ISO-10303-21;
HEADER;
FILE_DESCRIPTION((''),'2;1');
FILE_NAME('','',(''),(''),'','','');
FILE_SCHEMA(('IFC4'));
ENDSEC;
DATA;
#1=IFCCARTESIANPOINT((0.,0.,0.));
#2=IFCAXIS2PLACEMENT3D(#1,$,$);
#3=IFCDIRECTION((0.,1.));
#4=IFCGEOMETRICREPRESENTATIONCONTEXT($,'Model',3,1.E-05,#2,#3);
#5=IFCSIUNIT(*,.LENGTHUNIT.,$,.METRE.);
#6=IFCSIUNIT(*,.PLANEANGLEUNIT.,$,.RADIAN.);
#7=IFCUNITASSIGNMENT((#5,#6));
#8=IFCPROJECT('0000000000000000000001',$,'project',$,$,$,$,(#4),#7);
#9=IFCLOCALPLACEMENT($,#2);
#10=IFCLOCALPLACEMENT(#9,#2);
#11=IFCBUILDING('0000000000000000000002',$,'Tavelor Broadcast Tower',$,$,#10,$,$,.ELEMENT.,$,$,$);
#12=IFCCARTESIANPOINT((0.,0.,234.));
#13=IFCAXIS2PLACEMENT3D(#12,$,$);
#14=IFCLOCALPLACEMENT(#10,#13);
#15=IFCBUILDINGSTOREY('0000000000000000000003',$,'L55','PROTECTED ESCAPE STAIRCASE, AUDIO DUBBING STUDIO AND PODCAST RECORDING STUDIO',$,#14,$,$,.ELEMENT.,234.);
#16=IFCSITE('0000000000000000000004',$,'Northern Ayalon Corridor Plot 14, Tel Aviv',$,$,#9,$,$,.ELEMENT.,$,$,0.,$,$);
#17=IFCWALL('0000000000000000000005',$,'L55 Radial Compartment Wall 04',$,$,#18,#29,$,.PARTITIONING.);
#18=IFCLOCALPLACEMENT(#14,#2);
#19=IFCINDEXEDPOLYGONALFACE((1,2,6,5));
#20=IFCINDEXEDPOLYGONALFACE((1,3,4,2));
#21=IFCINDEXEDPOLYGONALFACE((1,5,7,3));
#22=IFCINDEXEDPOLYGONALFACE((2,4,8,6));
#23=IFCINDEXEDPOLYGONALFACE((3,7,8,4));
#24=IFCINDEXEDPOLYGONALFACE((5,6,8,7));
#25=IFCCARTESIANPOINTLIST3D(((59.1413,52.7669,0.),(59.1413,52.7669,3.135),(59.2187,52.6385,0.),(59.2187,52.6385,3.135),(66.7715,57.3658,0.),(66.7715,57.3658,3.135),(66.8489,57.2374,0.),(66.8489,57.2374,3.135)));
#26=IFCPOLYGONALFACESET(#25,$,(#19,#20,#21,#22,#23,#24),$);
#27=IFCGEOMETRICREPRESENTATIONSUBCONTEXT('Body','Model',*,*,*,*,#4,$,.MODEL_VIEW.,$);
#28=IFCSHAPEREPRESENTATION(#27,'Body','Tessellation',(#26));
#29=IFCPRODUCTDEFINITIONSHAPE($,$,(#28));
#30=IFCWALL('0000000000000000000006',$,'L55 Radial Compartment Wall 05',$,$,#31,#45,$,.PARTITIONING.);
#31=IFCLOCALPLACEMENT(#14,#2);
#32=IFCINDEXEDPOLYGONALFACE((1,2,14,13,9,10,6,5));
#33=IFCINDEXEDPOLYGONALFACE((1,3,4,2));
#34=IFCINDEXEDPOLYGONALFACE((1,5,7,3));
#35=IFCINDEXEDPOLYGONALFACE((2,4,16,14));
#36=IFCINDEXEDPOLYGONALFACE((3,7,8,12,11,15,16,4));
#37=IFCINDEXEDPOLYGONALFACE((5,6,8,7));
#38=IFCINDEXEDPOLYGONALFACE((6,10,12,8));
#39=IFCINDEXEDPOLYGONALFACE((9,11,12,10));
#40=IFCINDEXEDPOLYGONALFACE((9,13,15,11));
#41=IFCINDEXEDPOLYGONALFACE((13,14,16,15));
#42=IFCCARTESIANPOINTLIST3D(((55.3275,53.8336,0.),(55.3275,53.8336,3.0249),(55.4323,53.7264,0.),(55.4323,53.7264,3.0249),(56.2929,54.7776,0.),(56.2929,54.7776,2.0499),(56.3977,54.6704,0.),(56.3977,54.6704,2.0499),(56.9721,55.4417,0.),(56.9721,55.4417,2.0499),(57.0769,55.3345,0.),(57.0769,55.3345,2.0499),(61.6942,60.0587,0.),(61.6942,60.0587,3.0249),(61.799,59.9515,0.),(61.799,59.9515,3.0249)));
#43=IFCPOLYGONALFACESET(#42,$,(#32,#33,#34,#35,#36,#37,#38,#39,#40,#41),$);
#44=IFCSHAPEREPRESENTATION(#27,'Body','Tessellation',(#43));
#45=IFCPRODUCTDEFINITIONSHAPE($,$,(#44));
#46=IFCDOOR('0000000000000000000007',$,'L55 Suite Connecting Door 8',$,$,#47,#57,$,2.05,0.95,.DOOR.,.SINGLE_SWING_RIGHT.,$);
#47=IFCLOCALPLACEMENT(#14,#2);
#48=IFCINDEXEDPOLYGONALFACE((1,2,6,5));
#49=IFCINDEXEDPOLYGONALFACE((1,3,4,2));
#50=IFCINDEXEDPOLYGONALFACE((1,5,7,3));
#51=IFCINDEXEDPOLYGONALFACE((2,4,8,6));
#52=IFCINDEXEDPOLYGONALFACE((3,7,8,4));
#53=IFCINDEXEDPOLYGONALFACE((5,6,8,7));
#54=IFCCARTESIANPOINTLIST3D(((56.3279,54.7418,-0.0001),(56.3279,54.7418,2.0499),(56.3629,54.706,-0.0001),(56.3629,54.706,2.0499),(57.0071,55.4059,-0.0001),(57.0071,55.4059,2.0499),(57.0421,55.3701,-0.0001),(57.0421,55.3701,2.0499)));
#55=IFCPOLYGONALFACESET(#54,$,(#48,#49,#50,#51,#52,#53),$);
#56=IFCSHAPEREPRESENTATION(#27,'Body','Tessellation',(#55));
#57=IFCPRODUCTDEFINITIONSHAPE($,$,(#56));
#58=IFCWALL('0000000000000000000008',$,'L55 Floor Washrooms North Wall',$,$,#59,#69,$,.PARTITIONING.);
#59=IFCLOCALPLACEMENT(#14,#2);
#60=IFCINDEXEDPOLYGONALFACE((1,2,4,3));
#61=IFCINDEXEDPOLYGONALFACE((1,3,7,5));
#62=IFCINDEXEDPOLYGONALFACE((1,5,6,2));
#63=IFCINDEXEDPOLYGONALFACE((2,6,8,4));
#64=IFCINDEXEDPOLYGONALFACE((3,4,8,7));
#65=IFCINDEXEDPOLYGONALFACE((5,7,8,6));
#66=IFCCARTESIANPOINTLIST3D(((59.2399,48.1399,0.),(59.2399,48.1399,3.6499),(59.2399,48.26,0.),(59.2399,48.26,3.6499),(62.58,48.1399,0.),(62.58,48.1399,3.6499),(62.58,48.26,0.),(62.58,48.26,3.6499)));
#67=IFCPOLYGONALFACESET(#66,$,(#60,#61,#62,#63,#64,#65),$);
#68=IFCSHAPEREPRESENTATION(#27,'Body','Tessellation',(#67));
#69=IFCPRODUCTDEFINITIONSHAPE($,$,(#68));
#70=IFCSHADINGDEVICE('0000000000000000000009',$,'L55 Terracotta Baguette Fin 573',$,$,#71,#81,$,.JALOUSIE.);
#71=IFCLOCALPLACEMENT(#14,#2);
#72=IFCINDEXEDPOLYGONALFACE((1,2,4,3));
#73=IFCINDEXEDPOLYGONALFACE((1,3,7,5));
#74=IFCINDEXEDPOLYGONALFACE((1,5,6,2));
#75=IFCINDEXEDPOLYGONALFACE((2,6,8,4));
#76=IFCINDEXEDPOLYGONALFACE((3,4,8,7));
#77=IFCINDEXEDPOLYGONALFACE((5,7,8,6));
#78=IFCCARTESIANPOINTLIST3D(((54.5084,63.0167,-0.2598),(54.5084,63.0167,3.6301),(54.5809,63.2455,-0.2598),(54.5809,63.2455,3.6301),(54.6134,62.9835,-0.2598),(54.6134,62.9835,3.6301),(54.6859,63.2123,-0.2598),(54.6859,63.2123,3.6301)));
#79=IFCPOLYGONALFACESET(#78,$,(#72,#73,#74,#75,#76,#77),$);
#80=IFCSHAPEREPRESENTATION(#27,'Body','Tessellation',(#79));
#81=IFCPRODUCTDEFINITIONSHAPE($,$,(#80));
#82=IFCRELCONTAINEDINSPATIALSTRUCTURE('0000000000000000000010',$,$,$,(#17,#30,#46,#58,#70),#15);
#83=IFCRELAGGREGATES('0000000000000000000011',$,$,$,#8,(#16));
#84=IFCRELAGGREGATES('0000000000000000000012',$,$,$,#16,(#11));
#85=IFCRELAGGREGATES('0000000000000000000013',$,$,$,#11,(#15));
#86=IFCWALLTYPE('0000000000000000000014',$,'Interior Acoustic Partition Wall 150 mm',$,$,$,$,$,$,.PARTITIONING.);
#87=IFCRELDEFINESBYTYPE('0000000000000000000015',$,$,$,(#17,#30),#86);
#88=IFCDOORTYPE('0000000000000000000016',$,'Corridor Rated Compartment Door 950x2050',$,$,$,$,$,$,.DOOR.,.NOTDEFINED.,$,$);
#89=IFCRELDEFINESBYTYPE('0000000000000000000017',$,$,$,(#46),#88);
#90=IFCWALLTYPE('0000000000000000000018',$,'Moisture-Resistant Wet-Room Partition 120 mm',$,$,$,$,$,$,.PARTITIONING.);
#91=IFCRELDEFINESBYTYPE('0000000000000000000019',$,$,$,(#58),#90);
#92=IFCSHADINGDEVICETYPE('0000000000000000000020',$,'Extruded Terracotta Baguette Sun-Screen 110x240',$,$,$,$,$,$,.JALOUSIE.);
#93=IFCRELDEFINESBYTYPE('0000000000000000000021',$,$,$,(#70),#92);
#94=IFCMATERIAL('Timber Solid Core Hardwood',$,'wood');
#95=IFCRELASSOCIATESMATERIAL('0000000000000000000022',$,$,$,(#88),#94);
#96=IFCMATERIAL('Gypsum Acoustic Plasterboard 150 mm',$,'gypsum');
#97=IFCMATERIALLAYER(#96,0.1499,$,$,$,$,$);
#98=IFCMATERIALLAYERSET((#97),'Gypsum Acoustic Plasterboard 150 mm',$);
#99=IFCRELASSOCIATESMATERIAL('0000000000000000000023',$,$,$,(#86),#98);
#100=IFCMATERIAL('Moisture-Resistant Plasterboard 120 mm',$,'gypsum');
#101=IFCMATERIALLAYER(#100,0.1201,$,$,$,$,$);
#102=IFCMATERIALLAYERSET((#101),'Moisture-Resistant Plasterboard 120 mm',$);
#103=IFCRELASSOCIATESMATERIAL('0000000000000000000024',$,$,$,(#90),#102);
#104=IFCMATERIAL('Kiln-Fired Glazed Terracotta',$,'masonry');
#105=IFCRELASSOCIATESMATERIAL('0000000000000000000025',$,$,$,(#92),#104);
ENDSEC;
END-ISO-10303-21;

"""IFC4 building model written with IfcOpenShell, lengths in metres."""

from ifc_helpers import new_model, si_unit, direction, frame, frame_2d, origin, origin_2d, place, context, subcontext, project, spatial, rectangle, extrude, source, transform, mapped, material, layer, layer_set, type_object, type_shapes, element, fill, save


model = new_model("IFC4")

# Units and contexts
model_context = context("Model", 3, precision=1e-05, world=origin(), true_north=direction((0.0, 1.0)))
body_context = subcontext(model_context, "Body", "Model", "MODEL_VIEW")
ifc_project = project(units=[si_unit("LENGTHUNIT", "METRE"), si_unit("PLANEANGLEUNIT", "RADIAN")], contexts=[model_context])

# Site, building, storey
site_placement = place(None, origin())
site = spatial("IfcSite", under=ifc_project, at=site_placement, Name="Northern Ayalon Corridor Plot 14, Tel Aviv", CompositionType="ELEMENT", RefElevation=0.0)
building_placement = place(site_placement, origin())
building = spatial("IfcBuilding", under=site, at=building_placement, Name="Tavelor Broadcast Tower", CompositionType="ELEMENT")
storey_placement = place(building_placement, frame((0.0, 0.0, 234.0)))
storey = spatial("IfcBuildingStorey", under=building, at=storey_placement, Name="L55", Description="PROTECTED ESCAPE STAIRCASE, AUDIO DUBBING STUDIO AND PODCAST RECORDING STUDIO", CompositionType="ELEMENT", Elevation=234.0)

# Shared definitions
ifc_material_1 = material(Name="Timber Solid Core Hardwood", Category="wood")
door_type = type_object("IfcDoorType", Name="Corridor Rated Compartment Door 950x2050", OperationType="NOTDEFINED", PredefinedType="DOOR", material=ifc_material_1)

# Wall
ifc_material_2 = material(Name="Gypsum Acoustic Plasterboard 150 mm", Category="gypsum")
ifc_layer_1 = layer(ifc_material_2, 0.1499)
ifc_layer_set_1 = layer_set([ifc_layer_1], Name="Gypsum Acoustic Plasterboard 150 mm")
wall_type_1 = type_object("IfcWallType", Name="Interior Acoustic Partition Wall 150 mm", PredefinedType="PARTITIONING", material=ifc_layer_set_1)
wall_1_placement = place(storey_placement, frame((59.1799, 52.7026, 0.0), z_axis=(0.0, 0.0, 1.0), x_axis=(0.856461, 0.516212, 0.0)))
element("IfcWall", 1, at=wall_1_placement, inside=storey, type_object=wall_type_1, Name="L55 Radial Compartment Wall 04", PredefinedType="PARTITIONING", context=body_context, shape_type="SweptSolid", body=[
    extrude(rectangle(XDim=8.9089, YDim=0.1499, at=frame_2d((4.4546, 0.0))), origin(), (0.0, 0.0, 1.0), 3.135),
])

# Wall, opening, door
wall_2_placement = place(storey_placement, frame((55.3799, 53.78, 0.0), z_axis=(0.0, 0.0, 1.0), x_axis=(0.715013, 0.699111, 0.0)))
wall_2 = element("IfcWall", 2, at=wall_2_placement, inside=storey, type_object=wall_type_1, Name="L55 Radial Compartment Wall 05", PredefinedType="PARTITIONING", context=body_context, shape_type="SweptSolid", body=[
    extrude(rectangle(XDim=8.9043, YDim=0.1499, at=frame_2d((4.4521, 0.0))), origin(), (0.0, 0.0, 1.0), 3.0249),
])
opening_1_placement = place(wall_2_placement, frame((1.3501, 0.0, 0.0)))
opening_1 = element("IfcOpeningElement", 3, at=opening_1_placement, cuts=wall_2, PredefinedType="OPENING", context=body_context, shape_type="SweptSolid", body=[
    extrude(rectangle(XDim=0.95, YDim=2.05, at=frame_2d((0.4751, 1.0249))), frame((0.0, 0.085, 0.0), z_axis=(0.0, -1.0, 0.0), x_axis=(1.0, 0.0, 0.0)), (0.0, 0.0, 1.0), 0.1699),
])
door_1_placement = place(opening_1_placement, origin())
door_1 = element("IfcDoor", 4, at=door_1_placement, inside=storey, type_object=door_type, Name="L55 Suite Connecting Door 8", OperationType="SINGLE_SWING_RIGHT", OverallHeight=2.05, OverallWidth=0.95, PredefinedType="DOOR", context=body_context, shape_type="SweptSolid", body=[
    extrude(rectangle(XDim=0.95, YDim=2.05, at=frame_2d((0.4751, 1.0249))), frame((0.0, 0.0249, 0.0), z_axis=(0.0, -1.0, 0.0), x_axis=(1.0, 0.0, 0.0)), (0.0, 0.0, 1.0), 0.05),
])
fill(opening_1, door_1)

# Wall
ifc_material_3 = material(Name="Moisture-Resistant Plasterboard 120 mm", Category="gypsum")
ifc_layer_2 = layer(ifc_material_3, 0.1201)
ifc_layer_set_2 = layer_set([ifc_layer_2], Name="Moisture-Resistant Plasterboard 120 mm")
wall_type_2 = type_object("IfcWallType", Name="Moisture-Resistant Wet-Room Partition 120 mm", PredefinedType="PARTITIONING", material=ifc_layer_set_2)
wall_3_placement = place(storey_placement, frame((59.24, 48.2, 0.0), z_axis=(0.0, 0.0, 1.0), x_axis=(1.0, 0.0, 0.0)))
element("IfcWall", 5, at=wall_3_placement, inside=storey, type_object=wall_type_2, Name="L55 Floor Washrooms North Wall", PredefinedType="PARTITIONING", context=body_context, shape_type="SweptSolid", body=[
    extrude(rectangle(XDim=3.3401, YDim=0.1201, at=frame_2d((1.6699, 0.0))), origin(), (0.0, 0.0, 1.0), 3.6499),
])

# Shading device
ifc_material_4 = material(Name="Kiln-Fired Glazed Terracotta", Category="masonry")
shading_device_type = type_object("IfcShadingDeviceType", Name="Extruded Terracotta Baguette Sun-Screen 110x240", PredefinedType="JALOUSIE", material=ifc_material_4)
shared_shape_1 = source(origin(), body_context, "Body", "SweptSolid", [
    extrude(rectangle(XDim=0.1101, YDim=0.24, at=origin_2d()), origin(), (0.0, 0.0, 1.0), 3.8899),
])
type_shapes(shading_device_type, [shared_shape_1])
shading_device_placement = place(storey_placement, frame((54.5972, 63.1145, -0.2598), z_axis=(0.0, 0.0, 1.0), x_axis=(-0.953296, 0.302037, 0.0)))
element("IfcShadingDevice", 6, at=shading_device_placement, inside=storey, type_object=shading_device_type, Name="L55 Terracotta Baguette Fin 573", PredefinedType="JALOUSIE", context=body_context, shape_type="MappedRepresentation", body=[
    mapped(shared_shape_1, transform((0.0, 0.0, 0.0), scale=1.0)),
])

save(model, "model.ifc")
